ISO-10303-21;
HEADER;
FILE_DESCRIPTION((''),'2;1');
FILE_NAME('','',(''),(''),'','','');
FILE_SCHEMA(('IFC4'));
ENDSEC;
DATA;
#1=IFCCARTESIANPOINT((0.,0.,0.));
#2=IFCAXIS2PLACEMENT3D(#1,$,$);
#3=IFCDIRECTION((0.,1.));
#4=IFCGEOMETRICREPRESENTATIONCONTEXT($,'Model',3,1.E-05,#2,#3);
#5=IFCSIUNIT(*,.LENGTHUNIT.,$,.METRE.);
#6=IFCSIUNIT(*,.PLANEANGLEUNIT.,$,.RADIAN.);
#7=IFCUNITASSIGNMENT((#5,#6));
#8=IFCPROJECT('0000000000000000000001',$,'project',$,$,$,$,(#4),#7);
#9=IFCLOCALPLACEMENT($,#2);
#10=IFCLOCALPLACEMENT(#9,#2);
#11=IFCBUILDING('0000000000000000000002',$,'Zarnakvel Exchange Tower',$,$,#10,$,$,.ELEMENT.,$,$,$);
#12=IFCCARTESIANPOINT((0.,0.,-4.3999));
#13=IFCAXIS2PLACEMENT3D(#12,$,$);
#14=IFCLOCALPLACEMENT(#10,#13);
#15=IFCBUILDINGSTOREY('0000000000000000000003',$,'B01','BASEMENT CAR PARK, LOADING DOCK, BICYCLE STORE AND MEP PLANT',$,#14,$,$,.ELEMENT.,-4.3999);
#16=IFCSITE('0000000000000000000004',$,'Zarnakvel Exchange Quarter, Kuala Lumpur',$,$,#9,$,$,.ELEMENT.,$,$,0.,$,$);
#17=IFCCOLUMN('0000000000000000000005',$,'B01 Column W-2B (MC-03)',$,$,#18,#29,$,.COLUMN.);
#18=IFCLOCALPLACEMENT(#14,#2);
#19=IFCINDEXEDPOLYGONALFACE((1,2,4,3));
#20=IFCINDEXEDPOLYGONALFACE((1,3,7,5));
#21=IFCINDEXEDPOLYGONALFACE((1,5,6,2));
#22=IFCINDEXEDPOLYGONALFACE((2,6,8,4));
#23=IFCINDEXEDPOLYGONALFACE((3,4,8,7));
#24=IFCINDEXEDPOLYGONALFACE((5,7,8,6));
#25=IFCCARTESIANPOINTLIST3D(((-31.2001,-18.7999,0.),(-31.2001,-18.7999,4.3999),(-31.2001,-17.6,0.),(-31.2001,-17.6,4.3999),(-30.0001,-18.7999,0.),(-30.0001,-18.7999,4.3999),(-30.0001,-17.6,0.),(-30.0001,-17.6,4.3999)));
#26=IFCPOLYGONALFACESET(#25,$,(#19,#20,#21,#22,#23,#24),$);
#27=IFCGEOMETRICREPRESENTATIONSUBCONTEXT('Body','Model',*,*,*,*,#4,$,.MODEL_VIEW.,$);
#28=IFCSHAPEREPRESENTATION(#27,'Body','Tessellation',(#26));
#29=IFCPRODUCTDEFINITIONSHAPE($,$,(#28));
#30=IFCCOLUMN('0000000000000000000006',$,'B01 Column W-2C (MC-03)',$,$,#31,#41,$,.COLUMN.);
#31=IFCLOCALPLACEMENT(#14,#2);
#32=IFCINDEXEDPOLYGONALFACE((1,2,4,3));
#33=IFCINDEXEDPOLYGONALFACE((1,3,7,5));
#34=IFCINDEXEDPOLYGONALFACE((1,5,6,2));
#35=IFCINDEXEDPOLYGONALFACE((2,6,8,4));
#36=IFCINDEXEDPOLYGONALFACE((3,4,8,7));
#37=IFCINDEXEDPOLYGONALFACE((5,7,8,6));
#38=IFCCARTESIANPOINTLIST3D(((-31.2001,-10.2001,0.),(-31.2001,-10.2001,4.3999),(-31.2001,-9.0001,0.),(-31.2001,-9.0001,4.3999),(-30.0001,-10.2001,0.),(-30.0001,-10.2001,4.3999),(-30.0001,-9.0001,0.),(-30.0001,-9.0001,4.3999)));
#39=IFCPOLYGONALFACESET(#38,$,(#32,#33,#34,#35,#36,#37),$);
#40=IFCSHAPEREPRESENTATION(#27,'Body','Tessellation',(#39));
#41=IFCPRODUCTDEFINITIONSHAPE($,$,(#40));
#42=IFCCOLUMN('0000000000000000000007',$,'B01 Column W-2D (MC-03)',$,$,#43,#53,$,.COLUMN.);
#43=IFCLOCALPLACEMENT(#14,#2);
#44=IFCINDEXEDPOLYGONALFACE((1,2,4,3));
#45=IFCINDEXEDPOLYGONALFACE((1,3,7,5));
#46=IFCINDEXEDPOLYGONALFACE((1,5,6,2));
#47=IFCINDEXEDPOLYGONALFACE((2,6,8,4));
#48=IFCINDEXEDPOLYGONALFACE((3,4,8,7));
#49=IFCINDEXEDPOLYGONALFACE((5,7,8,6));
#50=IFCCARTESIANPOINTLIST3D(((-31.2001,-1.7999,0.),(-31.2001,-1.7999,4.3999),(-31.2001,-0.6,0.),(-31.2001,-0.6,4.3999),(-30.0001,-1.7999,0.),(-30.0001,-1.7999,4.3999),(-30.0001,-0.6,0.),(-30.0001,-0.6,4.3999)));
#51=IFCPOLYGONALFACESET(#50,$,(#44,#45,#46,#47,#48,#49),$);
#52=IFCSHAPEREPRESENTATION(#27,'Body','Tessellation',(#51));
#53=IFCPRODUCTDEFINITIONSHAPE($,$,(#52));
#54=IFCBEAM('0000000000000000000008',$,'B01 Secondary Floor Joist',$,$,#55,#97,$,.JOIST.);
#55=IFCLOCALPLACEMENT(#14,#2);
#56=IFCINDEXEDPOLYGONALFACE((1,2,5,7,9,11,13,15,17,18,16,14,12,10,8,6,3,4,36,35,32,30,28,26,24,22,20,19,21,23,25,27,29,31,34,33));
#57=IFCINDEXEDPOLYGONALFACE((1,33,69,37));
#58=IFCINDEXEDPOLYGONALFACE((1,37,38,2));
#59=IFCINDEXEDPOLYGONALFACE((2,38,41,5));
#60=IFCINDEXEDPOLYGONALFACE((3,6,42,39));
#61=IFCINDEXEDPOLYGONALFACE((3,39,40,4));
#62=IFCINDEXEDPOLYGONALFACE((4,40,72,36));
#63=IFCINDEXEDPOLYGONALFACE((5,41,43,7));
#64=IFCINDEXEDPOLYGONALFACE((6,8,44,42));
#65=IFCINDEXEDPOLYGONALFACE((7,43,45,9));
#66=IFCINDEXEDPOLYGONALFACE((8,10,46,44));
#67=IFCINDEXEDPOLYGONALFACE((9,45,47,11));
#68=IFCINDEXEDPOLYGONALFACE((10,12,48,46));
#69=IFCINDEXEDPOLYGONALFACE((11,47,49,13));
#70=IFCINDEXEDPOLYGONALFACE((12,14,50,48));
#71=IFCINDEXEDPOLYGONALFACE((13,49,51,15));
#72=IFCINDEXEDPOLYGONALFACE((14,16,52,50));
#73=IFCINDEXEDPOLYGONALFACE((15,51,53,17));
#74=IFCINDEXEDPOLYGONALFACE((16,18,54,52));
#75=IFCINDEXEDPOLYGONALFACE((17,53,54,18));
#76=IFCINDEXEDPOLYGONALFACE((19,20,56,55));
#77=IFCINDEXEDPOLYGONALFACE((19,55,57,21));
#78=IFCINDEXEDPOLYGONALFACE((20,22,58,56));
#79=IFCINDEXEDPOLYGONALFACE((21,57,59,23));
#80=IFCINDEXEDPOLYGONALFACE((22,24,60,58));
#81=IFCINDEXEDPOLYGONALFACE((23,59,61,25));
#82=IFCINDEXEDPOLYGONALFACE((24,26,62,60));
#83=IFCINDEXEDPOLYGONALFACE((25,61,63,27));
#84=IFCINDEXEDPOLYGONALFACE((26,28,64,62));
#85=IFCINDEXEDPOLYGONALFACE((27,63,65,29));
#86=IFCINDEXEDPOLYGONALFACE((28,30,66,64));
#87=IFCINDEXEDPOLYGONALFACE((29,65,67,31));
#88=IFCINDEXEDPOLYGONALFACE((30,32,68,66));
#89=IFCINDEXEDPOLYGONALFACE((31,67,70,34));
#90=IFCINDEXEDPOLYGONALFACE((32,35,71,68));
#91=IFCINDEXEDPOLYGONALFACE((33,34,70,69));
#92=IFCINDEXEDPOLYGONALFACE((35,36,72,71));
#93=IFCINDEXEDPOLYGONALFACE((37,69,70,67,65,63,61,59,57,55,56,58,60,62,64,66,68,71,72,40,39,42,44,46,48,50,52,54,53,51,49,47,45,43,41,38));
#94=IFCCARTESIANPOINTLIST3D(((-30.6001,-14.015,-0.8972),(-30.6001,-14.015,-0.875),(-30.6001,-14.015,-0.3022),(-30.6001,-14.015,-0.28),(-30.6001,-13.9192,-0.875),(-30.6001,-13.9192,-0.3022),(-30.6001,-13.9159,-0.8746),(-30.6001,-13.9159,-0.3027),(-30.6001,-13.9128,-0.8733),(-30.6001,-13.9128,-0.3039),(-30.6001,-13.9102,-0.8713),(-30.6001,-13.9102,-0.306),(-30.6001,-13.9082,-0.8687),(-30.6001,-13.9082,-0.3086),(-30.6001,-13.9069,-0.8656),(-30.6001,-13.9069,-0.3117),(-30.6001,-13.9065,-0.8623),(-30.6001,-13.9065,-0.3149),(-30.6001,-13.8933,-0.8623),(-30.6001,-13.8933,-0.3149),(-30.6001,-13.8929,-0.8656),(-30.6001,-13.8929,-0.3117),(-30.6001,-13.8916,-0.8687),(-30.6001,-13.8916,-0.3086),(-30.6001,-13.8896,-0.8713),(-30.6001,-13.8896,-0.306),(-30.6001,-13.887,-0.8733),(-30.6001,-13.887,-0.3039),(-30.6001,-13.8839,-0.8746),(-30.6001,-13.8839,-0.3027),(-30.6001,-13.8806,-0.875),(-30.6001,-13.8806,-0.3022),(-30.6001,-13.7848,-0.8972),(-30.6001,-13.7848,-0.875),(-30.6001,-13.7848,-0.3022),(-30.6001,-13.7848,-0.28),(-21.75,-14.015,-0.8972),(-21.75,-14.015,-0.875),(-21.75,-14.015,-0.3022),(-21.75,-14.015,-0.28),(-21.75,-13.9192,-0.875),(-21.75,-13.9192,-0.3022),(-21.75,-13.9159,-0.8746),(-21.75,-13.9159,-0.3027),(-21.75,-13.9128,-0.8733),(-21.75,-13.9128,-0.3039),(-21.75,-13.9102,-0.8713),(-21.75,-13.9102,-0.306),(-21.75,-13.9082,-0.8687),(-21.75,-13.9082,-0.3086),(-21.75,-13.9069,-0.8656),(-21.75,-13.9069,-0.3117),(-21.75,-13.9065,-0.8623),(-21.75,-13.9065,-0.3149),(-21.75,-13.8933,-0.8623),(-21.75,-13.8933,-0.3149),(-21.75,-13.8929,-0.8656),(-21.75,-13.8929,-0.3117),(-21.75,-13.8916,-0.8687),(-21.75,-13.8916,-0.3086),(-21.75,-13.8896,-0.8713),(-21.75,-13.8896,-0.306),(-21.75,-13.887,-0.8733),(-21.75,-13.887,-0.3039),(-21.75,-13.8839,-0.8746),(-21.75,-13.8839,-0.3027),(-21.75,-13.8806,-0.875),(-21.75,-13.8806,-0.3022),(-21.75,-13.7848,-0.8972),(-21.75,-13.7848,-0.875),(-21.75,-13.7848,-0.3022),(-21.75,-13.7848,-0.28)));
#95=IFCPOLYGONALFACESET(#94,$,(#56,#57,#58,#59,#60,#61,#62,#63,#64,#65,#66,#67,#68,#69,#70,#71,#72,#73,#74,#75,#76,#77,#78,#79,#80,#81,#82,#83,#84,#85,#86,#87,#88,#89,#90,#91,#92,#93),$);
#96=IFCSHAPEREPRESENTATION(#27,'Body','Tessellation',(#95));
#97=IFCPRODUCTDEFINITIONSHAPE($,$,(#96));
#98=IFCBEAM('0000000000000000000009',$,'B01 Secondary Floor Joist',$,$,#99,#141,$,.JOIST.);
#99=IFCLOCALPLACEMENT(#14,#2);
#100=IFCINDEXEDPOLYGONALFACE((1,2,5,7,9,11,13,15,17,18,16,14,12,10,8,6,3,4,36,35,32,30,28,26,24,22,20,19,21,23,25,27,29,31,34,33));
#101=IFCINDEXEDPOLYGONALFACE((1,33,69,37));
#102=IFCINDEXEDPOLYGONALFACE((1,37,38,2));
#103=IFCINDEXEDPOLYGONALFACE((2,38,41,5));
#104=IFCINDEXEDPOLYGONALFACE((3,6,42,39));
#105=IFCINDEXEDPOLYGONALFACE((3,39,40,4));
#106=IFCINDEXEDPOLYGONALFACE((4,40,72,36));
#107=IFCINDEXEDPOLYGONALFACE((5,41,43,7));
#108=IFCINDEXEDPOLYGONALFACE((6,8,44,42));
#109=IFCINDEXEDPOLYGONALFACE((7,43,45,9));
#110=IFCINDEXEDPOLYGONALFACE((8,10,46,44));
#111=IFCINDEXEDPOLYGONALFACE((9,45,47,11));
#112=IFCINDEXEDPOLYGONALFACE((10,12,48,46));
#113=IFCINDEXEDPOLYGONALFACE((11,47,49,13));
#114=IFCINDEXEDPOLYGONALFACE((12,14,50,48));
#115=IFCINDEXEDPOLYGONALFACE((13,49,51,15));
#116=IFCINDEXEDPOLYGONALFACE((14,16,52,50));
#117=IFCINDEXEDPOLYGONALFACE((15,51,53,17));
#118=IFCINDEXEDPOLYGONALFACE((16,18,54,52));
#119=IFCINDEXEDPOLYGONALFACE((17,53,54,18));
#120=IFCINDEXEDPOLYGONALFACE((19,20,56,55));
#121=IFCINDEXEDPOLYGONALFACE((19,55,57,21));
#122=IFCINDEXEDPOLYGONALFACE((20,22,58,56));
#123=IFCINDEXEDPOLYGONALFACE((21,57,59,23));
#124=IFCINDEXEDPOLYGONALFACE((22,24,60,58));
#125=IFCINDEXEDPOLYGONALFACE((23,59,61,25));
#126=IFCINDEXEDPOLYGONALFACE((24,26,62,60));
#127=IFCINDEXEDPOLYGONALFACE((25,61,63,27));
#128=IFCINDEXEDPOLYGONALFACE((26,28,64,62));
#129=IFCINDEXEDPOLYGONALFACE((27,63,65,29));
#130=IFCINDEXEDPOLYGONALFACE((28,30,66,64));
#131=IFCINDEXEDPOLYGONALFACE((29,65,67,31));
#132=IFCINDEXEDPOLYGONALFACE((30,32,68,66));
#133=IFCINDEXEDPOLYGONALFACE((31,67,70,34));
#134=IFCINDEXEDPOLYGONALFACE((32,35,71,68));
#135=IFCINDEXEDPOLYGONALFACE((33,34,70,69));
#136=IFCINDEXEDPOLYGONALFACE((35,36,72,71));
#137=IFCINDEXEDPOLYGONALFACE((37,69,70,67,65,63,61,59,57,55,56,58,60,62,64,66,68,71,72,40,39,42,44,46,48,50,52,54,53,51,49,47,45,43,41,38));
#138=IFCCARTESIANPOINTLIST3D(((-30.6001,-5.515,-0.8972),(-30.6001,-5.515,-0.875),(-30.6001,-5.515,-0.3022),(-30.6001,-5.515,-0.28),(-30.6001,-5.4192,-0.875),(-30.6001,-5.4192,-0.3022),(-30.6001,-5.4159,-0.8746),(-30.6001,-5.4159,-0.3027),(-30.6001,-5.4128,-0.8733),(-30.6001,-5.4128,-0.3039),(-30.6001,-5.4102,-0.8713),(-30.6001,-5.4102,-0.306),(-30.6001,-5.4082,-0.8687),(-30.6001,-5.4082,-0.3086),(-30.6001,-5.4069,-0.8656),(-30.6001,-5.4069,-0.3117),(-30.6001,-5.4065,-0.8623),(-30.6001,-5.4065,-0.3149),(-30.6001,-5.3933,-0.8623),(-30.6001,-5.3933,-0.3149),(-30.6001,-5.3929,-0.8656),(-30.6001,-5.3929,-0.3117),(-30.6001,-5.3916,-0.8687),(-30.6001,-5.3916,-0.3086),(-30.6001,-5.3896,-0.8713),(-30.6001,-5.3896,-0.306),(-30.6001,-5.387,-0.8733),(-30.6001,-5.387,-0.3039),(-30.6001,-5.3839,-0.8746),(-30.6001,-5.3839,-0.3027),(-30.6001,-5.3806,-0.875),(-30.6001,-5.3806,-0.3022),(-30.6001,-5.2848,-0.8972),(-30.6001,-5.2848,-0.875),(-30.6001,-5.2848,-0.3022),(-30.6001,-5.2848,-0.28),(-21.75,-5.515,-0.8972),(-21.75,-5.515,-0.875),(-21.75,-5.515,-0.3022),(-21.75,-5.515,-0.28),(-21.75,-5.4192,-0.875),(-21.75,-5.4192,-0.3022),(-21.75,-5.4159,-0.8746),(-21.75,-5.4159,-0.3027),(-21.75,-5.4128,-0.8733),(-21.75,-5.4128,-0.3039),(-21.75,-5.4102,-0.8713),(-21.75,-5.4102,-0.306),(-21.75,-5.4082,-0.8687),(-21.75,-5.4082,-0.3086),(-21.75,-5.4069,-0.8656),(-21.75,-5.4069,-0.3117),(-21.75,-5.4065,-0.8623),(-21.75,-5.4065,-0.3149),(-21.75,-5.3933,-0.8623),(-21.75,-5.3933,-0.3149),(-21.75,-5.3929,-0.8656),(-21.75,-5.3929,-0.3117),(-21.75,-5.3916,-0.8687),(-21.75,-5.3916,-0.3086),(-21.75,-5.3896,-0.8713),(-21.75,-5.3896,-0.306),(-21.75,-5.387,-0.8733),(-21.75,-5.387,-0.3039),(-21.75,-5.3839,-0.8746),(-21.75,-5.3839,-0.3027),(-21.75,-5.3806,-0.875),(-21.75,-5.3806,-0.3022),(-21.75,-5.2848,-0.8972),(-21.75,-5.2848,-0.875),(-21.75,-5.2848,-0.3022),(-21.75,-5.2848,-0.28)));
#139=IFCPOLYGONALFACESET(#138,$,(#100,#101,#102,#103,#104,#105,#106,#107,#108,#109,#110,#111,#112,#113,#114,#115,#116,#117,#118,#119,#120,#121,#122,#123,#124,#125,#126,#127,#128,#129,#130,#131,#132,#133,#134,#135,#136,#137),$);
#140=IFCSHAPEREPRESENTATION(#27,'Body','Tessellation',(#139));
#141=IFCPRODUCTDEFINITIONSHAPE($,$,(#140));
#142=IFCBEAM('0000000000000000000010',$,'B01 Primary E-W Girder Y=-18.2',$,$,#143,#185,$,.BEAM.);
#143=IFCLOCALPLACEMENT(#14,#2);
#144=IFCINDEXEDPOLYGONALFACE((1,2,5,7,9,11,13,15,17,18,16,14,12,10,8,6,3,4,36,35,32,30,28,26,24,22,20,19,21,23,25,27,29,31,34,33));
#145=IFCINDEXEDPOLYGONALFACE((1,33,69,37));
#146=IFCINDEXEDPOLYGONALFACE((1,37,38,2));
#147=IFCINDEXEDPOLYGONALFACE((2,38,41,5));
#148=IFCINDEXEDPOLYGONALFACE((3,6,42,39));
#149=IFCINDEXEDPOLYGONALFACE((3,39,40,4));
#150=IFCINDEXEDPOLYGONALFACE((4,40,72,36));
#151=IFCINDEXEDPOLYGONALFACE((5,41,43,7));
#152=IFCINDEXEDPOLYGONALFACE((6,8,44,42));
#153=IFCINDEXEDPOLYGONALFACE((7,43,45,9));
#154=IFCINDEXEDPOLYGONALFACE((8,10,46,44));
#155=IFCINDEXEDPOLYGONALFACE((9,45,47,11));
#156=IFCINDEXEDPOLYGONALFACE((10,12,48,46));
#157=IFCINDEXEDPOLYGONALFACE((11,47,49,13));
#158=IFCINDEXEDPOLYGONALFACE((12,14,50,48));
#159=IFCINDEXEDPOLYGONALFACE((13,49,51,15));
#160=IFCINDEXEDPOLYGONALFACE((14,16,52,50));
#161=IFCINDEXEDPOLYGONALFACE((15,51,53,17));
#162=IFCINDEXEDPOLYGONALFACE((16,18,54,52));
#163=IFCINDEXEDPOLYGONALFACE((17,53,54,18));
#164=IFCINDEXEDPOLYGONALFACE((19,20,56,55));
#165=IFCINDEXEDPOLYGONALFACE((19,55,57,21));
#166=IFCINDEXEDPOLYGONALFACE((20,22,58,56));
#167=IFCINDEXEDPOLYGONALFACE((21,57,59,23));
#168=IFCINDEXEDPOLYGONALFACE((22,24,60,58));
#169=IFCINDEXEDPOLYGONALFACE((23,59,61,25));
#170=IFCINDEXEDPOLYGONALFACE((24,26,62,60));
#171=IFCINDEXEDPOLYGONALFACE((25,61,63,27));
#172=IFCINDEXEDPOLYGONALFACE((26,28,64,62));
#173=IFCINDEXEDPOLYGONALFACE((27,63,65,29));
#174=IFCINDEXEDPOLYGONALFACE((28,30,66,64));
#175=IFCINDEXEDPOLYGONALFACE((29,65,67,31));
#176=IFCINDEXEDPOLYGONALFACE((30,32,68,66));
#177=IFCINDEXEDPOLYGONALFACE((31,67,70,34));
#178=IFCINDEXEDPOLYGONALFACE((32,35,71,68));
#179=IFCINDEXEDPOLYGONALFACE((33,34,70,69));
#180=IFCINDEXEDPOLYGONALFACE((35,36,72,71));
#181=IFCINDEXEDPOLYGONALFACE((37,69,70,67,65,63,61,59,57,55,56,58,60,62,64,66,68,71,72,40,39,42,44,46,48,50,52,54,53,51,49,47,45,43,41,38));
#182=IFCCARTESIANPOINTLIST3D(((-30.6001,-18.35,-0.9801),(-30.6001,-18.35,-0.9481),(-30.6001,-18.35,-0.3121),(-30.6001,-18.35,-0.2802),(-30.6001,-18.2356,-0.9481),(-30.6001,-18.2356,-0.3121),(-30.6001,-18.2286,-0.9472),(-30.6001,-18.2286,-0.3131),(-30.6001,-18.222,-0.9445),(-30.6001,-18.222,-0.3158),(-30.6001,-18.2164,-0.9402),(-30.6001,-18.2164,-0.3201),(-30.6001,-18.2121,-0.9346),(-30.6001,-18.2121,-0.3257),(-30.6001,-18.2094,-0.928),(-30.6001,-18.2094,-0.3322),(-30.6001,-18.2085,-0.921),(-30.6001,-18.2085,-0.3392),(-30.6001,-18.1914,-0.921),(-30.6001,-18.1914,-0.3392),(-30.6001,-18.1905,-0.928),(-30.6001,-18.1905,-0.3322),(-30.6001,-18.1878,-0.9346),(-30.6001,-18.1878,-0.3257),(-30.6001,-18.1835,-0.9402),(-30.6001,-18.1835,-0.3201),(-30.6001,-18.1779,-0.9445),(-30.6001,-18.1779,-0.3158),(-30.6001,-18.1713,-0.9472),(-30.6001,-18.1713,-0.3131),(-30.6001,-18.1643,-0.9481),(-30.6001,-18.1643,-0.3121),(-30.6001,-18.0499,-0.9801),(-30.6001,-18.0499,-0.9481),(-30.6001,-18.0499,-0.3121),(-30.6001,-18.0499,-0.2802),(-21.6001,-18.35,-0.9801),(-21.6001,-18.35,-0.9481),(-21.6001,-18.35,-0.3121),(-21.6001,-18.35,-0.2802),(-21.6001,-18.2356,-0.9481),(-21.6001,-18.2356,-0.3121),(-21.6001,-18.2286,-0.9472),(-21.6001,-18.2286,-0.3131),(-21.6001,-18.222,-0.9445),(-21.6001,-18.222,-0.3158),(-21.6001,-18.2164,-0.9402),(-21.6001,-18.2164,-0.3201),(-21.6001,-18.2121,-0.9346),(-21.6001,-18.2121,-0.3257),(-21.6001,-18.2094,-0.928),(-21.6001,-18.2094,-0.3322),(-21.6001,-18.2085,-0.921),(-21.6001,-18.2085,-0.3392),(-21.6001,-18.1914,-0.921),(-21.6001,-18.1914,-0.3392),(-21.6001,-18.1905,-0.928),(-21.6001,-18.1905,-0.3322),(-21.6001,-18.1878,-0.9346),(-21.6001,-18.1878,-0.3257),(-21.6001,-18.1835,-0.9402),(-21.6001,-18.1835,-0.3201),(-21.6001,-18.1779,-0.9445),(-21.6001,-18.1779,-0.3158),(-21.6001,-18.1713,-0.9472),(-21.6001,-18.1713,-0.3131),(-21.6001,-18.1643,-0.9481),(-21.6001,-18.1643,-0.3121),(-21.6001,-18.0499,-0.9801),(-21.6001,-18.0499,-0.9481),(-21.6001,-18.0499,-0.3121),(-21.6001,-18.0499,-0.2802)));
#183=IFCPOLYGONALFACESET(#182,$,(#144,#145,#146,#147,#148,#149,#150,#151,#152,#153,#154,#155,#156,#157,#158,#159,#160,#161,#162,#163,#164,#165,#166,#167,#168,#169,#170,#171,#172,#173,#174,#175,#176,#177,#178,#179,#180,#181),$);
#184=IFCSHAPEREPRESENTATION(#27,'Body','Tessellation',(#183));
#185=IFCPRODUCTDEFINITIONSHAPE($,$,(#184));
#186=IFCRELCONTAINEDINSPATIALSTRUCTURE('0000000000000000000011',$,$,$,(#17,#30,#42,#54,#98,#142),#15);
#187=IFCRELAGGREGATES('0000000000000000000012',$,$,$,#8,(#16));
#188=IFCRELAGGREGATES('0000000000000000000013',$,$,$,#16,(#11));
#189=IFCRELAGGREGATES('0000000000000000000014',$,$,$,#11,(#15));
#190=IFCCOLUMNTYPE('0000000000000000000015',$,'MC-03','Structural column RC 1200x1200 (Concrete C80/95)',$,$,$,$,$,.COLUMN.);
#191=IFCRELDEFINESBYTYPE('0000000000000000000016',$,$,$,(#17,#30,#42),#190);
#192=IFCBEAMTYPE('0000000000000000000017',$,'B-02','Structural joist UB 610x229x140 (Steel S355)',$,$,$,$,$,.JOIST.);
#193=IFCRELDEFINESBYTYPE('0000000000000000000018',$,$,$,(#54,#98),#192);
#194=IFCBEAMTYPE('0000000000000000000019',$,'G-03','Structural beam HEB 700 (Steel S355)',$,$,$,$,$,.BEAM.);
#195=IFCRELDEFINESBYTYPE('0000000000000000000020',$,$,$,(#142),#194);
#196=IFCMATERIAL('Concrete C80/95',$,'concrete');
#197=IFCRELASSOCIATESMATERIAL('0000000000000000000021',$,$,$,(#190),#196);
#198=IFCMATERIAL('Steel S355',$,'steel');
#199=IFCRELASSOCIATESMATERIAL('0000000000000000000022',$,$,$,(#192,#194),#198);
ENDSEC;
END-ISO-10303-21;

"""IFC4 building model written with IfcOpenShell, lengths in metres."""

from ifc_helpers import new_model, si_unit, direction, frame, origin, origin_2d, place, context, subcontext, project, spatial, rectangle, i_section, extrude, material, material_profile, profile_set, type_object, element, save


model = new_model("IFC4")

# Units and contexts
model_context = context("Model", 3, precision=1e-05, world=origin(), true_north=direction((0.0, 1.0)))
body_context = subcontext(model_context, "Body", "Model", "MODEL_VIEW")
ifc_project = project(units=[si_unit("LENGTHUNIT", "METRE"), si_unit("PLANEANGLEUNIT", "RADIAN")], contexts=[model_context])

# Site, building, storey
site_placement = place(None, origin())
site = spatial("IfcSite", under=ifc_project, at=site_placement, Name="Zarnakvel Exchange Quarter, Kuala Lumpur", CompositionType="ELEMENT", RefElevation=0.0)
building_placement = place(site_placement, origin())
building = spatial("IfcBuilding", under=site, at=building_placement, Name="Zarnakvel Exchange Tower", CompositionType="ELEMENT")
storey_placement = place(building_placement, frame((0.0, 0.0, -4.3999)))
storey = spatial("IfcBuildingStorey", under=building, at=storey_placement, Name="B01", Description="BASEMENT CAR PARK, LOADING DOCK, BICYCLE STORE AND MEP PLANT", CompositionType="ELEMENT", Elevation=-4.3999)

# Columns
ifc_material_1 = material(Name="Concrete C80/95", Category="concrete")
ifc_material_profile_1 = material_profile(ifc_material_1, rectangle(XDim=1.2, YDim=1.2, at=origin_2d()))
ifc_profile_set_1 = profile_set([ifc_material_profile_1], Name="Concrete C80/95")
column_type = type_object("IfcColumnType", Name="MC-03", Description="Structural column RC 1200x1200 (Concrete C80/95)", PredefinedType="COLUMN", material=ifc_profile_set_1)
for number, where, z_axis, x_axis, name in (
    (1, (-30.6001, -18.2, 0.0), (0.0, 0.0, 1.0), (1.0, 0.0, 0.0), "B01 Column W-2B (MC-03)"),
    (2, (-30.6001, -9.6001, 0.0), (0.0, 0.0, 1.0), (1.0, 0.0, 0.0), "B01 Column W-2C (MC-03)"),
    (3, (-30.6001, -1.2, 0.0), (0.0, 0.0, 1.0), (1.0, 0.0, 0.0), "B01 Column W-2D (MC-03)"),
):
    element("IfcColumn", number, at=place(storey_placement, frame(where, z_axis=z_axis, x_axis=x_axis)), inside=storey, type_object=column_type, Name=name, PredefinedType="COLUMN", context=body_context, shape_type="SweptSolid", body=[
        extrude(rectangle(XDim=1.2, YDim=1.2, at=origin_2d()), origin(), (0.0, 0.0, 1.0), 4.3999),
    ])

# Beams
ifc_material_2 = material(Name="Steel S355", Category="steel")
ifc_material_profile_2 = material_profile(ifc_material_2, i_section(OverallWidth=0.2302, OverallDepth=0.6172, WebThickness=0.0132, FlangeThickness=0.0222, FilletRadius=0.0127, at=origin_2d()))
ifc_profile_set_2 = profile_set([ifc_material_profile_2], Name="Steel S355")
beam_type_1 = type_object("IfcBeamType", Name="B-02", Description="Structural joist UB 610x229x140 (Steel S355)", PredefinedType="JOIST", material=ifc_profile_set_2)
for number, where, z_axis, x_axis, name in (
    (4, (-30.6001, -13.8999, -0.5886), (1.0, 0.0, 0.0), (0.0, 1.0, 0.0), "B01 Secondary Floor Joist"),
    (5, (-30.6001, -5.3999, -0.5886), (1.0, 0.0, 0.0), (0.0, 1.0, 0.0), "B01 Secondary Floor Joist"),
):
    element("IfcBeam", number, at=place(storey_placement, frame(where, z_axis=z_axis, x_axis=x_axis)), inside=storey, type_object=beam_type_1, Name=name, PredefinedType="JOIST", context=body_context, shape_type="SweptSolid", body=[
        extrude(i_section(OverallWidth=0.2302, OverallDepth=0.6172, WebThickness=0.0132, FlangeThickness=0.0222, FilletRadius=0.0127, at=origin_2d()), origin(), (0.0, 0.0, 1.0), 8.8501),
    ])
ifc_material_profile_3 = material_profile(ifc_material_2, i_section(OverallWidth=0.3, OverallDepth=0.7, WebThickness=0.0171, FlangeThickness=0.032, FilletRadius=0.0271, at=origin_2d()))
ifc_profile_set_3 = profile_set([ifc_material_profile_3], Name="Steel S355")
beam_type_2 = type_object("IfcBeamType", Name="G-03", Description="Structural beam HEB 700 (Steel S355)", PredefinedType="BEAM", material=ifc_profile_set_3)
for number, where, z_axis, x_axis, name in (
    (6, (-30.6001, -18.2, -0.6301), (1.0, 0.0, 0.0), (0.0, 1.0, 0.0), "B01 Primary E-W Girder Y=-18.2"),
):
    element("IfcBeam", number, at=place(storey_placement, frame(where, z_axis=z_axis, x_axis=x_axis)), inside=storey, type_object=beam_type_2, Name=name, PredefinedType="BEAM", context=body_context, shape_type="SweptSolid", body=[
        extrude(i_section(OverallWidth=0.3, OverallDepth=0.7, WebThickness=0.0171, FlangeThickness=0.032, FilletRadius=0.0271, at=origin_2d()), origin(), (0.0, 0.0, 1.0), 9.0),
    ])

save(model, "model.ifc")
